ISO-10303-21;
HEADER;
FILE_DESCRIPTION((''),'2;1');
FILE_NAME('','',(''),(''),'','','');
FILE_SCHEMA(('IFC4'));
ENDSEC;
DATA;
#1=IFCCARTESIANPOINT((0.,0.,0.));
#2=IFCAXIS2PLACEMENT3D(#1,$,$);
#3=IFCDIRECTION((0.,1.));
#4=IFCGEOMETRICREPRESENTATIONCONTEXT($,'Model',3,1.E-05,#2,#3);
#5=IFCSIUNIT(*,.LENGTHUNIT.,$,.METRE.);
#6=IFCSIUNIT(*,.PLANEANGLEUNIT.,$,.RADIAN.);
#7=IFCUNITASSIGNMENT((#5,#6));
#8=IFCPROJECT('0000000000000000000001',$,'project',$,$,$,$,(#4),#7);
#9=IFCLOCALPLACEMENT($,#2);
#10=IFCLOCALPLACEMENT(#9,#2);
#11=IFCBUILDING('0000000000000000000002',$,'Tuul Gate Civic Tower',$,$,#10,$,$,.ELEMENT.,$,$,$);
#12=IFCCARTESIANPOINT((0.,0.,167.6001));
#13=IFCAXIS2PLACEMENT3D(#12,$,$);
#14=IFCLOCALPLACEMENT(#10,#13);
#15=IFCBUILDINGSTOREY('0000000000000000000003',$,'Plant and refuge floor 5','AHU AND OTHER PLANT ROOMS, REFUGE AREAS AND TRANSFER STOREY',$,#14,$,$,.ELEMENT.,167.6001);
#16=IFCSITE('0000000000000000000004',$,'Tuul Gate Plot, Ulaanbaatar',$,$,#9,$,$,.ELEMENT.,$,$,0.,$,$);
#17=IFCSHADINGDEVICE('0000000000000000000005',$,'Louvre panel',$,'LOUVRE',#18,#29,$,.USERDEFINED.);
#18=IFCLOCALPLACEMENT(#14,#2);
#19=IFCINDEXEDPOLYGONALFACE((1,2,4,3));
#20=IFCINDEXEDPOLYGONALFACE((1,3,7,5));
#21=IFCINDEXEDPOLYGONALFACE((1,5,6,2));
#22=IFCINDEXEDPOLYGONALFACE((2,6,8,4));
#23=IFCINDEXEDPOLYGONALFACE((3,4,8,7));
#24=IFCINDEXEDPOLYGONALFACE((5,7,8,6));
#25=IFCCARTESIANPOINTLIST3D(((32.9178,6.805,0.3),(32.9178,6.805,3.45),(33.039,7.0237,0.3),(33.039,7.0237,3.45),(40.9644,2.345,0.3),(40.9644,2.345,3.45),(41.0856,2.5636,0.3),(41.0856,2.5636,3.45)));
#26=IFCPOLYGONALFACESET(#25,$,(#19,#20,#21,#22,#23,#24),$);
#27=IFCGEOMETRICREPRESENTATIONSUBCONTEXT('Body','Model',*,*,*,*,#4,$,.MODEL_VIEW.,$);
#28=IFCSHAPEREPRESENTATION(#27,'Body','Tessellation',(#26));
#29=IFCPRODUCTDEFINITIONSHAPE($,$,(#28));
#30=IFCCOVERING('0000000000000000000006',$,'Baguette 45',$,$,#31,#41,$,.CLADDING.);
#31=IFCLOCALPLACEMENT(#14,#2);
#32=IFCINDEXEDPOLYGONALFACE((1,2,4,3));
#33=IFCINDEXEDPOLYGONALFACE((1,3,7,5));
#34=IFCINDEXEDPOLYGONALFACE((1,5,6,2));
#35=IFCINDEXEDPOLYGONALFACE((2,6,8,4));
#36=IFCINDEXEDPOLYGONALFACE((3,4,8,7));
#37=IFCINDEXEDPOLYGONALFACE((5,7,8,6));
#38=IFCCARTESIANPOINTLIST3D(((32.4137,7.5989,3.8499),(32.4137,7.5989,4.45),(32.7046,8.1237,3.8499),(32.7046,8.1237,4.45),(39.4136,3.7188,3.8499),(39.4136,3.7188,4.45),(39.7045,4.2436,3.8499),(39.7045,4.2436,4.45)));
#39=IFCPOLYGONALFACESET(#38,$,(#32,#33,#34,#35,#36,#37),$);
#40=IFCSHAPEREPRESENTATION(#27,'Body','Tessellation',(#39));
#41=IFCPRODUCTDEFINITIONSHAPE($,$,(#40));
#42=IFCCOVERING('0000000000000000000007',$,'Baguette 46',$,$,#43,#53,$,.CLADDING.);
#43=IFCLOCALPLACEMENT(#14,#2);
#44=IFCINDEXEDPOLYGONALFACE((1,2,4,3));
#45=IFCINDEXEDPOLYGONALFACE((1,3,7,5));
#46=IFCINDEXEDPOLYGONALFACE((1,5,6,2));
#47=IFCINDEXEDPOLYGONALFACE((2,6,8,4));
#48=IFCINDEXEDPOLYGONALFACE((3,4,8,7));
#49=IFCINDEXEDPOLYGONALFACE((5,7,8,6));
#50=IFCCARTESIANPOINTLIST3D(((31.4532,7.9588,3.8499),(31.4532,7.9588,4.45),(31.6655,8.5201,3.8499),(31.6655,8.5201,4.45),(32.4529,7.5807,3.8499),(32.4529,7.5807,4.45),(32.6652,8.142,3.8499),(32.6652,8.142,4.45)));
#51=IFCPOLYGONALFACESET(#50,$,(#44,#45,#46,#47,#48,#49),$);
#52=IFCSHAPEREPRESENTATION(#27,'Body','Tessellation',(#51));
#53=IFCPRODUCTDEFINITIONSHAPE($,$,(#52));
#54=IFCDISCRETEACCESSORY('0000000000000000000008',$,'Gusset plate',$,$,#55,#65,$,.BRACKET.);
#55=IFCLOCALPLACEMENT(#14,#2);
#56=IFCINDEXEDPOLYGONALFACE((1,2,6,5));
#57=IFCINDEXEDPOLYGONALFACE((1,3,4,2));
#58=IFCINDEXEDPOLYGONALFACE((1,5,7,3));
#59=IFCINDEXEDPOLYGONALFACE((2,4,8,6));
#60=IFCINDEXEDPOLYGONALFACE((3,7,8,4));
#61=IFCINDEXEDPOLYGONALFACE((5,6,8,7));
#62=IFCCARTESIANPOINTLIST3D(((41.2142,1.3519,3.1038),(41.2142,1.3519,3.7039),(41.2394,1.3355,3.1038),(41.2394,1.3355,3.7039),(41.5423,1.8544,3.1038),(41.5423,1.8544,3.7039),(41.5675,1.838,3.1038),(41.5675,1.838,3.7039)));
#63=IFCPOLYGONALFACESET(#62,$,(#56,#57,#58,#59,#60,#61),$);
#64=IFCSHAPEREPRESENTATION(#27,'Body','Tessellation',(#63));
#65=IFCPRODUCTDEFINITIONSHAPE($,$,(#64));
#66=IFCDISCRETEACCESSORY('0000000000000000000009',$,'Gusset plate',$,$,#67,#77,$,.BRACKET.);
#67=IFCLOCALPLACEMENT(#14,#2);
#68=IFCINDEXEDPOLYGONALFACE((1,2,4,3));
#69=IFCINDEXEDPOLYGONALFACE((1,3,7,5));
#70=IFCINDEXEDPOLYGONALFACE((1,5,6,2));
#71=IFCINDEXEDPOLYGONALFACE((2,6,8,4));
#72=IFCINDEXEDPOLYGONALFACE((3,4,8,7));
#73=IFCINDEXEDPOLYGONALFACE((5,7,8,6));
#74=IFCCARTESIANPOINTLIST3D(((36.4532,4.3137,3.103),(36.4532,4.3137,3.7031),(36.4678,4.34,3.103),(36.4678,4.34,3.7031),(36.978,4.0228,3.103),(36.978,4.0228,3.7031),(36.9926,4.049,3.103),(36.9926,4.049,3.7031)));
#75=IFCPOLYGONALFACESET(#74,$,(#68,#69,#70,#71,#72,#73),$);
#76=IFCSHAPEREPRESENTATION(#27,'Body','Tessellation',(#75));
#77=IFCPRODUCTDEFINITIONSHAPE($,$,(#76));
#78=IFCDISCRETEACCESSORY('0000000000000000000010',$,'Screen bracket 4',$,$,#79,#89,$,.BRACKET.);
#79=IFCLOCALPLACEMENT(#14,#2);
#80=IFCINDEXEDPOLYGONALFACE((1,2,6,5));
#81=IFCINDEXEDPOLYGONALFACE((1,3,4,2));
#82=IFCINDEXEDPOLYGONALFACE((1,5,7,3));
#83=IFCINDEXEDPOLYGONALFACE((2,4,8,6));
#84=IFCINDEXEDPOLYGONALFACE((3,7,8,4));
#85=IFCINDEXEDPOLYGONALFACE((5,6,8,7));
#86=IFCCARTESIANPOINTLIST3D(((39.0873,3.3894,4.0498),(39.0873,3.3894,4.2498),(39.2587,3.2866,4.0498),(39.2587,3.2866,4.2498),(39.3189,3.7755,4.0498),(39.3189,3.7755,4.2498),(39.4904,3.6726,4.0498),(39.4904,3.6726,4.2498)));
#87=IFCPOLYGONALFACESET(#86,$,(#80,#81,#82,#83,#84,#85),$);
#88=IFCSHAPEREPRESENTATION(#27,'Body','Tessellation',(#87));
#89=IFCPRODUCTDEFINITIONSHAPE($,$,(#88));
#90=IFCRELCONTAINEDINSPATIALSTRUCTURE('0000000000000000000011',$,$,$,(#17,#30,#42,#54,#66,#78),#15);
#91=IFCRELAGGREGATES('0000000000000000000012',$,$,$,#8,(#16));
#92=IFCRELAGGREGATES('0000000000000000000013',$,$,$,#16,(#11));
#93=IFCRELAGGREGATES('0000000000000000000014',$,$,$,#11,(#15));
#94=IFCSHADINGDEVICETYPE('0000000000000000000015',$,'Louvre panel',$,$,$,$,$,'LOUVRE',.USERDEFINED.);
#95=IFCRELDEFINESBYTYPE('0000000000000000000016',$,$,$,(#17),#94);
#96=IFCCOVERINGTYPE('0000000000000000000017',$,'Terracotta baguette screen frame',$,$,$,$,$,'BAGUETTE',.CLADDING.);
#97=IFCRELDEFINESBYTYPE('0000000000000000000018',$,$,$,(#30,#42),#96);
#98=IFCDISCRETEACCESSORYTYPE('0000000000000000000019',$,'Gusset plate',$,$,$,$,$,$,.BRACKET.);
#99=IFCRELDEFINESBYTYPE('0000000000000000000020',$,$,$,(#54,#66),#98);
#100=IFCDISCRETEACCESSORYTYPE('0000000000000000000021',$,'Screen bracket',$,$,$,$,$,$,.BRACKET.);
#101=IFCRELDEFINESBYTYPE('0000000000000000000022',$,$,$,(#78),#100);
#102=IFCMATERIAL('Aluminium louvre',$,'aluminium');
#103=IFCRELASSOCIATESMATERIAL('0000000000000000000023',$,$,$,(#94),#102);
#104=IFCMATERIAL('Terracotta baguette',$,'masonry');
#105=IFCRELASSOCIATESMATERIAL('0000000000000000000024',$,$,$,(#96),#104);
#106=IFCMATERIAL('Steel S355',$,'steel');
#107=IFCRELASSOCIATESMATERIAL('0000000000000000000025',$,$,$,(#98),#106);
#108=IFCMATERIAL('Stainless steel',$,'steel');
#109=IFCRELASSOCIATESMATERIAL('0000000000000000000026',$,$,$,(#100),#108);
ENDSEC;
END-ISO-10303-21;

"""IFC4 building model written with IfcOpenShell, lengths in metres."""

from ifc_helpers import new_model, si_unit, direction, frame, origin, origin_2d, place, context, subcontext, project, spatial, rectangle, extrude, material, material_profile, profile_set, type_object, element, save


model = new_model("IFC4")

# Units and contexts
model_context = context("Model", 3, precision=1e-05, world=origin(), true_north=direction((0.0, 1.0)))
body_context = subcontext(model_context, "Body", "Model", "MODEL_VIEW")
ifc_project = project(units=[si_unit("LENGTHUNIT", "METRE"), si_unit("PLANEANGLEUNIT", "RADIAN")], contexts=[model_context])

# Site, building, storey
site_placement = place(None, origin())
site = spatial("IfcSite", under=ifc_project, at=site_placement, Name="Tuul Gate Plot, Ulaanbaatar", CompositionType="ELEMENT", RefElevation=0.0)
building_placement = place(site_placement, origin())
building = spatial("IfcBuilding", under=site, at=building_placement, Name="Tuul Gate Civic Tower", CompositionType="ELEMENT")
storey_placement = place(building_placement, frame((0.0, 0.0, 167.6001)))
storey = spatial("IfcBuildingStorey", under=building, at=storey_placement, Name="Plant and refuge floor 5", Description="AHU AND OTHER PLANT ROOMS, REFUGE AREAS AND TRANSFER STOREY", CompositionType="ELEMENT", Elevation=167.6001)

# Shading device
ifc_material_1 = material(Name="Aluminium louvre", Category="aluminium")
shading_device_type = type_object("IfcShadingDeviceType", Name="Louvre panel", ElementType="LOUVRE", PredefinedType="USERDEFINED", material=ifc_material_1)
shading_device_placement = place(storey_placement, frame((37.0017, 4.6843, 0.3), z_axis=(0.0, 0.0, 1.0), x_axis=(0.484789, 0.874631, 0.0)))
element("IfcShadingDevice", 1, at=shading_device_placement, inside=storey, type_object=shading_device_type, Name="Louvre panel", ObjectType="LOUVRE", PredefinedType="USERDEFINED", context=body_context, shape_type="SweptSolid", body=[
    extrude(rectangle(XDim=0.25, YDim=9.2, at=origin_2d()), origin(), (0.0, 0.0, 1.0), 3.1499),
])

# Coverings
ifc_material_2 = material(Name="Terracotta baguette", Category="masonry")
ifc_material_profile_1 = material_profile(ifc_material_2, rectangle(XDim=0.6001, YDim=0.6001, at=origin_2d()), Name="Terracotta baguette screen frame")
ifc_profile_set_1 = profile_set([ifc_material_profile_1], Name="Terracotta baguette")
covering_type = type_object("IfcCoveringType", Name="Terracotta baguette screen frame", ElementType="BAGUETTE", PredefinedType="CLADDING", material=ifc_profile_set_1)
covering_1_placement = place(storey_placement, frame((39.5591, 3.9812, 4.1499), z_axis=(-0.874622, 0.484806, 0.0), x_axis=(-0.484806, -0.874622, 0.0)))
element("IfcCovering", 2, at=covering_1_placement, inside=storey, type_object=covering_type, Name="Baguette 45", PredefinedType="CLADDING", context=body_context, shape_type="SweptSolid", body=[
    extrude(rectangle(XDim=0.6001, YDim=0.6001, at=origin_2d()), origin(), (0.0, 0.0, 1.0), 8.0034),
])
covering_2_placement = place(storey_placement, frame((32.5591, 7.8613, 4.1499), z_axis=(-0.935321, 0.3538, 0.0), x_axis=(-0.3538, -0.935321, 0.0)))
element("IfcCovering", 3, at=covering_2_placement, inside=storey, type_object=covering_type, Name="Baguette 46", PredefinedType="CLADDING", context=body_context, shape_type="SweptSolid", body=[
    extrude(rectangle(XDim=0.6001, YDim=0.6001, at=origin_2d()), origin(), (0.0, 0.0, 1.0), 1.0688),
])

# Discrete accessories
ifc_material_3 = material(Name="Steel S355", Category="steel")
discrete_accessory_type_1 = type_object("IfcDiscreteAccessoryType", Name="Gusset plate", PredefinedType="BRACKET", material=ifc_material_3)
for number, where, z_axis, x_axis, name in (
    (4, (41.3909, 1.595, 3.1038), (0.0, 0.0, 1.0), (-0.546743, -0.8373, 0.0), "Gusset plate"),
    (5, (36.7229, 4.1814, 3.103), (0.0, 0.0, 1.0), (0.874585, -0.484871, 0.0), "Gusset plate"),
):
    element("IfcDiscreteAccessory", number, at=place(storey_placement, frame(where, z_axis=z_axis, x_axis=x_axis)), inside=storey, type_object=discrete_accessory_type_1, Name=name, PredefinedType="BRACKET", context=body_context, shape_type="SweptSolid", body=[
        extrude(rectangle(XDim=0.6001, YDim=0.03, at=origin_2d()), origin(), (0.0, 0.0, 1.0), 0.6001),
    ])
ifc_material_4 = material(Name="Stainless steel", Category="steel")
discrete_accessory_type_2 = type_object("IfcDiscreteAccessoryType", Name="Screen bracket", PredefinedType="BRACKET", material=ifc_material_4)
discrete_accessory_placement = place(storey_placement, frame((39.2888, 3.531, 4.0498), z_axis=(0.0, 0.0, 1.0), x_axis=(0.514604, 0.857428, 0.0)))
element("IfcDiscreteAccessory", 6, at=discrete_accessory_placement, inside=storey, type_object=discrete_accessory_type_2, Name="Screen bracket 4", PredefinedType="BRACKET", context=body_context, shape_type="SweptSolid", body=[
    extrude(rectangle(XDim=0.4502, YDim=0.2, at=origin_2d()), origin(), (0.0, 0.0, 1.0), 0.2),
])

save(model, "model.ifc")
